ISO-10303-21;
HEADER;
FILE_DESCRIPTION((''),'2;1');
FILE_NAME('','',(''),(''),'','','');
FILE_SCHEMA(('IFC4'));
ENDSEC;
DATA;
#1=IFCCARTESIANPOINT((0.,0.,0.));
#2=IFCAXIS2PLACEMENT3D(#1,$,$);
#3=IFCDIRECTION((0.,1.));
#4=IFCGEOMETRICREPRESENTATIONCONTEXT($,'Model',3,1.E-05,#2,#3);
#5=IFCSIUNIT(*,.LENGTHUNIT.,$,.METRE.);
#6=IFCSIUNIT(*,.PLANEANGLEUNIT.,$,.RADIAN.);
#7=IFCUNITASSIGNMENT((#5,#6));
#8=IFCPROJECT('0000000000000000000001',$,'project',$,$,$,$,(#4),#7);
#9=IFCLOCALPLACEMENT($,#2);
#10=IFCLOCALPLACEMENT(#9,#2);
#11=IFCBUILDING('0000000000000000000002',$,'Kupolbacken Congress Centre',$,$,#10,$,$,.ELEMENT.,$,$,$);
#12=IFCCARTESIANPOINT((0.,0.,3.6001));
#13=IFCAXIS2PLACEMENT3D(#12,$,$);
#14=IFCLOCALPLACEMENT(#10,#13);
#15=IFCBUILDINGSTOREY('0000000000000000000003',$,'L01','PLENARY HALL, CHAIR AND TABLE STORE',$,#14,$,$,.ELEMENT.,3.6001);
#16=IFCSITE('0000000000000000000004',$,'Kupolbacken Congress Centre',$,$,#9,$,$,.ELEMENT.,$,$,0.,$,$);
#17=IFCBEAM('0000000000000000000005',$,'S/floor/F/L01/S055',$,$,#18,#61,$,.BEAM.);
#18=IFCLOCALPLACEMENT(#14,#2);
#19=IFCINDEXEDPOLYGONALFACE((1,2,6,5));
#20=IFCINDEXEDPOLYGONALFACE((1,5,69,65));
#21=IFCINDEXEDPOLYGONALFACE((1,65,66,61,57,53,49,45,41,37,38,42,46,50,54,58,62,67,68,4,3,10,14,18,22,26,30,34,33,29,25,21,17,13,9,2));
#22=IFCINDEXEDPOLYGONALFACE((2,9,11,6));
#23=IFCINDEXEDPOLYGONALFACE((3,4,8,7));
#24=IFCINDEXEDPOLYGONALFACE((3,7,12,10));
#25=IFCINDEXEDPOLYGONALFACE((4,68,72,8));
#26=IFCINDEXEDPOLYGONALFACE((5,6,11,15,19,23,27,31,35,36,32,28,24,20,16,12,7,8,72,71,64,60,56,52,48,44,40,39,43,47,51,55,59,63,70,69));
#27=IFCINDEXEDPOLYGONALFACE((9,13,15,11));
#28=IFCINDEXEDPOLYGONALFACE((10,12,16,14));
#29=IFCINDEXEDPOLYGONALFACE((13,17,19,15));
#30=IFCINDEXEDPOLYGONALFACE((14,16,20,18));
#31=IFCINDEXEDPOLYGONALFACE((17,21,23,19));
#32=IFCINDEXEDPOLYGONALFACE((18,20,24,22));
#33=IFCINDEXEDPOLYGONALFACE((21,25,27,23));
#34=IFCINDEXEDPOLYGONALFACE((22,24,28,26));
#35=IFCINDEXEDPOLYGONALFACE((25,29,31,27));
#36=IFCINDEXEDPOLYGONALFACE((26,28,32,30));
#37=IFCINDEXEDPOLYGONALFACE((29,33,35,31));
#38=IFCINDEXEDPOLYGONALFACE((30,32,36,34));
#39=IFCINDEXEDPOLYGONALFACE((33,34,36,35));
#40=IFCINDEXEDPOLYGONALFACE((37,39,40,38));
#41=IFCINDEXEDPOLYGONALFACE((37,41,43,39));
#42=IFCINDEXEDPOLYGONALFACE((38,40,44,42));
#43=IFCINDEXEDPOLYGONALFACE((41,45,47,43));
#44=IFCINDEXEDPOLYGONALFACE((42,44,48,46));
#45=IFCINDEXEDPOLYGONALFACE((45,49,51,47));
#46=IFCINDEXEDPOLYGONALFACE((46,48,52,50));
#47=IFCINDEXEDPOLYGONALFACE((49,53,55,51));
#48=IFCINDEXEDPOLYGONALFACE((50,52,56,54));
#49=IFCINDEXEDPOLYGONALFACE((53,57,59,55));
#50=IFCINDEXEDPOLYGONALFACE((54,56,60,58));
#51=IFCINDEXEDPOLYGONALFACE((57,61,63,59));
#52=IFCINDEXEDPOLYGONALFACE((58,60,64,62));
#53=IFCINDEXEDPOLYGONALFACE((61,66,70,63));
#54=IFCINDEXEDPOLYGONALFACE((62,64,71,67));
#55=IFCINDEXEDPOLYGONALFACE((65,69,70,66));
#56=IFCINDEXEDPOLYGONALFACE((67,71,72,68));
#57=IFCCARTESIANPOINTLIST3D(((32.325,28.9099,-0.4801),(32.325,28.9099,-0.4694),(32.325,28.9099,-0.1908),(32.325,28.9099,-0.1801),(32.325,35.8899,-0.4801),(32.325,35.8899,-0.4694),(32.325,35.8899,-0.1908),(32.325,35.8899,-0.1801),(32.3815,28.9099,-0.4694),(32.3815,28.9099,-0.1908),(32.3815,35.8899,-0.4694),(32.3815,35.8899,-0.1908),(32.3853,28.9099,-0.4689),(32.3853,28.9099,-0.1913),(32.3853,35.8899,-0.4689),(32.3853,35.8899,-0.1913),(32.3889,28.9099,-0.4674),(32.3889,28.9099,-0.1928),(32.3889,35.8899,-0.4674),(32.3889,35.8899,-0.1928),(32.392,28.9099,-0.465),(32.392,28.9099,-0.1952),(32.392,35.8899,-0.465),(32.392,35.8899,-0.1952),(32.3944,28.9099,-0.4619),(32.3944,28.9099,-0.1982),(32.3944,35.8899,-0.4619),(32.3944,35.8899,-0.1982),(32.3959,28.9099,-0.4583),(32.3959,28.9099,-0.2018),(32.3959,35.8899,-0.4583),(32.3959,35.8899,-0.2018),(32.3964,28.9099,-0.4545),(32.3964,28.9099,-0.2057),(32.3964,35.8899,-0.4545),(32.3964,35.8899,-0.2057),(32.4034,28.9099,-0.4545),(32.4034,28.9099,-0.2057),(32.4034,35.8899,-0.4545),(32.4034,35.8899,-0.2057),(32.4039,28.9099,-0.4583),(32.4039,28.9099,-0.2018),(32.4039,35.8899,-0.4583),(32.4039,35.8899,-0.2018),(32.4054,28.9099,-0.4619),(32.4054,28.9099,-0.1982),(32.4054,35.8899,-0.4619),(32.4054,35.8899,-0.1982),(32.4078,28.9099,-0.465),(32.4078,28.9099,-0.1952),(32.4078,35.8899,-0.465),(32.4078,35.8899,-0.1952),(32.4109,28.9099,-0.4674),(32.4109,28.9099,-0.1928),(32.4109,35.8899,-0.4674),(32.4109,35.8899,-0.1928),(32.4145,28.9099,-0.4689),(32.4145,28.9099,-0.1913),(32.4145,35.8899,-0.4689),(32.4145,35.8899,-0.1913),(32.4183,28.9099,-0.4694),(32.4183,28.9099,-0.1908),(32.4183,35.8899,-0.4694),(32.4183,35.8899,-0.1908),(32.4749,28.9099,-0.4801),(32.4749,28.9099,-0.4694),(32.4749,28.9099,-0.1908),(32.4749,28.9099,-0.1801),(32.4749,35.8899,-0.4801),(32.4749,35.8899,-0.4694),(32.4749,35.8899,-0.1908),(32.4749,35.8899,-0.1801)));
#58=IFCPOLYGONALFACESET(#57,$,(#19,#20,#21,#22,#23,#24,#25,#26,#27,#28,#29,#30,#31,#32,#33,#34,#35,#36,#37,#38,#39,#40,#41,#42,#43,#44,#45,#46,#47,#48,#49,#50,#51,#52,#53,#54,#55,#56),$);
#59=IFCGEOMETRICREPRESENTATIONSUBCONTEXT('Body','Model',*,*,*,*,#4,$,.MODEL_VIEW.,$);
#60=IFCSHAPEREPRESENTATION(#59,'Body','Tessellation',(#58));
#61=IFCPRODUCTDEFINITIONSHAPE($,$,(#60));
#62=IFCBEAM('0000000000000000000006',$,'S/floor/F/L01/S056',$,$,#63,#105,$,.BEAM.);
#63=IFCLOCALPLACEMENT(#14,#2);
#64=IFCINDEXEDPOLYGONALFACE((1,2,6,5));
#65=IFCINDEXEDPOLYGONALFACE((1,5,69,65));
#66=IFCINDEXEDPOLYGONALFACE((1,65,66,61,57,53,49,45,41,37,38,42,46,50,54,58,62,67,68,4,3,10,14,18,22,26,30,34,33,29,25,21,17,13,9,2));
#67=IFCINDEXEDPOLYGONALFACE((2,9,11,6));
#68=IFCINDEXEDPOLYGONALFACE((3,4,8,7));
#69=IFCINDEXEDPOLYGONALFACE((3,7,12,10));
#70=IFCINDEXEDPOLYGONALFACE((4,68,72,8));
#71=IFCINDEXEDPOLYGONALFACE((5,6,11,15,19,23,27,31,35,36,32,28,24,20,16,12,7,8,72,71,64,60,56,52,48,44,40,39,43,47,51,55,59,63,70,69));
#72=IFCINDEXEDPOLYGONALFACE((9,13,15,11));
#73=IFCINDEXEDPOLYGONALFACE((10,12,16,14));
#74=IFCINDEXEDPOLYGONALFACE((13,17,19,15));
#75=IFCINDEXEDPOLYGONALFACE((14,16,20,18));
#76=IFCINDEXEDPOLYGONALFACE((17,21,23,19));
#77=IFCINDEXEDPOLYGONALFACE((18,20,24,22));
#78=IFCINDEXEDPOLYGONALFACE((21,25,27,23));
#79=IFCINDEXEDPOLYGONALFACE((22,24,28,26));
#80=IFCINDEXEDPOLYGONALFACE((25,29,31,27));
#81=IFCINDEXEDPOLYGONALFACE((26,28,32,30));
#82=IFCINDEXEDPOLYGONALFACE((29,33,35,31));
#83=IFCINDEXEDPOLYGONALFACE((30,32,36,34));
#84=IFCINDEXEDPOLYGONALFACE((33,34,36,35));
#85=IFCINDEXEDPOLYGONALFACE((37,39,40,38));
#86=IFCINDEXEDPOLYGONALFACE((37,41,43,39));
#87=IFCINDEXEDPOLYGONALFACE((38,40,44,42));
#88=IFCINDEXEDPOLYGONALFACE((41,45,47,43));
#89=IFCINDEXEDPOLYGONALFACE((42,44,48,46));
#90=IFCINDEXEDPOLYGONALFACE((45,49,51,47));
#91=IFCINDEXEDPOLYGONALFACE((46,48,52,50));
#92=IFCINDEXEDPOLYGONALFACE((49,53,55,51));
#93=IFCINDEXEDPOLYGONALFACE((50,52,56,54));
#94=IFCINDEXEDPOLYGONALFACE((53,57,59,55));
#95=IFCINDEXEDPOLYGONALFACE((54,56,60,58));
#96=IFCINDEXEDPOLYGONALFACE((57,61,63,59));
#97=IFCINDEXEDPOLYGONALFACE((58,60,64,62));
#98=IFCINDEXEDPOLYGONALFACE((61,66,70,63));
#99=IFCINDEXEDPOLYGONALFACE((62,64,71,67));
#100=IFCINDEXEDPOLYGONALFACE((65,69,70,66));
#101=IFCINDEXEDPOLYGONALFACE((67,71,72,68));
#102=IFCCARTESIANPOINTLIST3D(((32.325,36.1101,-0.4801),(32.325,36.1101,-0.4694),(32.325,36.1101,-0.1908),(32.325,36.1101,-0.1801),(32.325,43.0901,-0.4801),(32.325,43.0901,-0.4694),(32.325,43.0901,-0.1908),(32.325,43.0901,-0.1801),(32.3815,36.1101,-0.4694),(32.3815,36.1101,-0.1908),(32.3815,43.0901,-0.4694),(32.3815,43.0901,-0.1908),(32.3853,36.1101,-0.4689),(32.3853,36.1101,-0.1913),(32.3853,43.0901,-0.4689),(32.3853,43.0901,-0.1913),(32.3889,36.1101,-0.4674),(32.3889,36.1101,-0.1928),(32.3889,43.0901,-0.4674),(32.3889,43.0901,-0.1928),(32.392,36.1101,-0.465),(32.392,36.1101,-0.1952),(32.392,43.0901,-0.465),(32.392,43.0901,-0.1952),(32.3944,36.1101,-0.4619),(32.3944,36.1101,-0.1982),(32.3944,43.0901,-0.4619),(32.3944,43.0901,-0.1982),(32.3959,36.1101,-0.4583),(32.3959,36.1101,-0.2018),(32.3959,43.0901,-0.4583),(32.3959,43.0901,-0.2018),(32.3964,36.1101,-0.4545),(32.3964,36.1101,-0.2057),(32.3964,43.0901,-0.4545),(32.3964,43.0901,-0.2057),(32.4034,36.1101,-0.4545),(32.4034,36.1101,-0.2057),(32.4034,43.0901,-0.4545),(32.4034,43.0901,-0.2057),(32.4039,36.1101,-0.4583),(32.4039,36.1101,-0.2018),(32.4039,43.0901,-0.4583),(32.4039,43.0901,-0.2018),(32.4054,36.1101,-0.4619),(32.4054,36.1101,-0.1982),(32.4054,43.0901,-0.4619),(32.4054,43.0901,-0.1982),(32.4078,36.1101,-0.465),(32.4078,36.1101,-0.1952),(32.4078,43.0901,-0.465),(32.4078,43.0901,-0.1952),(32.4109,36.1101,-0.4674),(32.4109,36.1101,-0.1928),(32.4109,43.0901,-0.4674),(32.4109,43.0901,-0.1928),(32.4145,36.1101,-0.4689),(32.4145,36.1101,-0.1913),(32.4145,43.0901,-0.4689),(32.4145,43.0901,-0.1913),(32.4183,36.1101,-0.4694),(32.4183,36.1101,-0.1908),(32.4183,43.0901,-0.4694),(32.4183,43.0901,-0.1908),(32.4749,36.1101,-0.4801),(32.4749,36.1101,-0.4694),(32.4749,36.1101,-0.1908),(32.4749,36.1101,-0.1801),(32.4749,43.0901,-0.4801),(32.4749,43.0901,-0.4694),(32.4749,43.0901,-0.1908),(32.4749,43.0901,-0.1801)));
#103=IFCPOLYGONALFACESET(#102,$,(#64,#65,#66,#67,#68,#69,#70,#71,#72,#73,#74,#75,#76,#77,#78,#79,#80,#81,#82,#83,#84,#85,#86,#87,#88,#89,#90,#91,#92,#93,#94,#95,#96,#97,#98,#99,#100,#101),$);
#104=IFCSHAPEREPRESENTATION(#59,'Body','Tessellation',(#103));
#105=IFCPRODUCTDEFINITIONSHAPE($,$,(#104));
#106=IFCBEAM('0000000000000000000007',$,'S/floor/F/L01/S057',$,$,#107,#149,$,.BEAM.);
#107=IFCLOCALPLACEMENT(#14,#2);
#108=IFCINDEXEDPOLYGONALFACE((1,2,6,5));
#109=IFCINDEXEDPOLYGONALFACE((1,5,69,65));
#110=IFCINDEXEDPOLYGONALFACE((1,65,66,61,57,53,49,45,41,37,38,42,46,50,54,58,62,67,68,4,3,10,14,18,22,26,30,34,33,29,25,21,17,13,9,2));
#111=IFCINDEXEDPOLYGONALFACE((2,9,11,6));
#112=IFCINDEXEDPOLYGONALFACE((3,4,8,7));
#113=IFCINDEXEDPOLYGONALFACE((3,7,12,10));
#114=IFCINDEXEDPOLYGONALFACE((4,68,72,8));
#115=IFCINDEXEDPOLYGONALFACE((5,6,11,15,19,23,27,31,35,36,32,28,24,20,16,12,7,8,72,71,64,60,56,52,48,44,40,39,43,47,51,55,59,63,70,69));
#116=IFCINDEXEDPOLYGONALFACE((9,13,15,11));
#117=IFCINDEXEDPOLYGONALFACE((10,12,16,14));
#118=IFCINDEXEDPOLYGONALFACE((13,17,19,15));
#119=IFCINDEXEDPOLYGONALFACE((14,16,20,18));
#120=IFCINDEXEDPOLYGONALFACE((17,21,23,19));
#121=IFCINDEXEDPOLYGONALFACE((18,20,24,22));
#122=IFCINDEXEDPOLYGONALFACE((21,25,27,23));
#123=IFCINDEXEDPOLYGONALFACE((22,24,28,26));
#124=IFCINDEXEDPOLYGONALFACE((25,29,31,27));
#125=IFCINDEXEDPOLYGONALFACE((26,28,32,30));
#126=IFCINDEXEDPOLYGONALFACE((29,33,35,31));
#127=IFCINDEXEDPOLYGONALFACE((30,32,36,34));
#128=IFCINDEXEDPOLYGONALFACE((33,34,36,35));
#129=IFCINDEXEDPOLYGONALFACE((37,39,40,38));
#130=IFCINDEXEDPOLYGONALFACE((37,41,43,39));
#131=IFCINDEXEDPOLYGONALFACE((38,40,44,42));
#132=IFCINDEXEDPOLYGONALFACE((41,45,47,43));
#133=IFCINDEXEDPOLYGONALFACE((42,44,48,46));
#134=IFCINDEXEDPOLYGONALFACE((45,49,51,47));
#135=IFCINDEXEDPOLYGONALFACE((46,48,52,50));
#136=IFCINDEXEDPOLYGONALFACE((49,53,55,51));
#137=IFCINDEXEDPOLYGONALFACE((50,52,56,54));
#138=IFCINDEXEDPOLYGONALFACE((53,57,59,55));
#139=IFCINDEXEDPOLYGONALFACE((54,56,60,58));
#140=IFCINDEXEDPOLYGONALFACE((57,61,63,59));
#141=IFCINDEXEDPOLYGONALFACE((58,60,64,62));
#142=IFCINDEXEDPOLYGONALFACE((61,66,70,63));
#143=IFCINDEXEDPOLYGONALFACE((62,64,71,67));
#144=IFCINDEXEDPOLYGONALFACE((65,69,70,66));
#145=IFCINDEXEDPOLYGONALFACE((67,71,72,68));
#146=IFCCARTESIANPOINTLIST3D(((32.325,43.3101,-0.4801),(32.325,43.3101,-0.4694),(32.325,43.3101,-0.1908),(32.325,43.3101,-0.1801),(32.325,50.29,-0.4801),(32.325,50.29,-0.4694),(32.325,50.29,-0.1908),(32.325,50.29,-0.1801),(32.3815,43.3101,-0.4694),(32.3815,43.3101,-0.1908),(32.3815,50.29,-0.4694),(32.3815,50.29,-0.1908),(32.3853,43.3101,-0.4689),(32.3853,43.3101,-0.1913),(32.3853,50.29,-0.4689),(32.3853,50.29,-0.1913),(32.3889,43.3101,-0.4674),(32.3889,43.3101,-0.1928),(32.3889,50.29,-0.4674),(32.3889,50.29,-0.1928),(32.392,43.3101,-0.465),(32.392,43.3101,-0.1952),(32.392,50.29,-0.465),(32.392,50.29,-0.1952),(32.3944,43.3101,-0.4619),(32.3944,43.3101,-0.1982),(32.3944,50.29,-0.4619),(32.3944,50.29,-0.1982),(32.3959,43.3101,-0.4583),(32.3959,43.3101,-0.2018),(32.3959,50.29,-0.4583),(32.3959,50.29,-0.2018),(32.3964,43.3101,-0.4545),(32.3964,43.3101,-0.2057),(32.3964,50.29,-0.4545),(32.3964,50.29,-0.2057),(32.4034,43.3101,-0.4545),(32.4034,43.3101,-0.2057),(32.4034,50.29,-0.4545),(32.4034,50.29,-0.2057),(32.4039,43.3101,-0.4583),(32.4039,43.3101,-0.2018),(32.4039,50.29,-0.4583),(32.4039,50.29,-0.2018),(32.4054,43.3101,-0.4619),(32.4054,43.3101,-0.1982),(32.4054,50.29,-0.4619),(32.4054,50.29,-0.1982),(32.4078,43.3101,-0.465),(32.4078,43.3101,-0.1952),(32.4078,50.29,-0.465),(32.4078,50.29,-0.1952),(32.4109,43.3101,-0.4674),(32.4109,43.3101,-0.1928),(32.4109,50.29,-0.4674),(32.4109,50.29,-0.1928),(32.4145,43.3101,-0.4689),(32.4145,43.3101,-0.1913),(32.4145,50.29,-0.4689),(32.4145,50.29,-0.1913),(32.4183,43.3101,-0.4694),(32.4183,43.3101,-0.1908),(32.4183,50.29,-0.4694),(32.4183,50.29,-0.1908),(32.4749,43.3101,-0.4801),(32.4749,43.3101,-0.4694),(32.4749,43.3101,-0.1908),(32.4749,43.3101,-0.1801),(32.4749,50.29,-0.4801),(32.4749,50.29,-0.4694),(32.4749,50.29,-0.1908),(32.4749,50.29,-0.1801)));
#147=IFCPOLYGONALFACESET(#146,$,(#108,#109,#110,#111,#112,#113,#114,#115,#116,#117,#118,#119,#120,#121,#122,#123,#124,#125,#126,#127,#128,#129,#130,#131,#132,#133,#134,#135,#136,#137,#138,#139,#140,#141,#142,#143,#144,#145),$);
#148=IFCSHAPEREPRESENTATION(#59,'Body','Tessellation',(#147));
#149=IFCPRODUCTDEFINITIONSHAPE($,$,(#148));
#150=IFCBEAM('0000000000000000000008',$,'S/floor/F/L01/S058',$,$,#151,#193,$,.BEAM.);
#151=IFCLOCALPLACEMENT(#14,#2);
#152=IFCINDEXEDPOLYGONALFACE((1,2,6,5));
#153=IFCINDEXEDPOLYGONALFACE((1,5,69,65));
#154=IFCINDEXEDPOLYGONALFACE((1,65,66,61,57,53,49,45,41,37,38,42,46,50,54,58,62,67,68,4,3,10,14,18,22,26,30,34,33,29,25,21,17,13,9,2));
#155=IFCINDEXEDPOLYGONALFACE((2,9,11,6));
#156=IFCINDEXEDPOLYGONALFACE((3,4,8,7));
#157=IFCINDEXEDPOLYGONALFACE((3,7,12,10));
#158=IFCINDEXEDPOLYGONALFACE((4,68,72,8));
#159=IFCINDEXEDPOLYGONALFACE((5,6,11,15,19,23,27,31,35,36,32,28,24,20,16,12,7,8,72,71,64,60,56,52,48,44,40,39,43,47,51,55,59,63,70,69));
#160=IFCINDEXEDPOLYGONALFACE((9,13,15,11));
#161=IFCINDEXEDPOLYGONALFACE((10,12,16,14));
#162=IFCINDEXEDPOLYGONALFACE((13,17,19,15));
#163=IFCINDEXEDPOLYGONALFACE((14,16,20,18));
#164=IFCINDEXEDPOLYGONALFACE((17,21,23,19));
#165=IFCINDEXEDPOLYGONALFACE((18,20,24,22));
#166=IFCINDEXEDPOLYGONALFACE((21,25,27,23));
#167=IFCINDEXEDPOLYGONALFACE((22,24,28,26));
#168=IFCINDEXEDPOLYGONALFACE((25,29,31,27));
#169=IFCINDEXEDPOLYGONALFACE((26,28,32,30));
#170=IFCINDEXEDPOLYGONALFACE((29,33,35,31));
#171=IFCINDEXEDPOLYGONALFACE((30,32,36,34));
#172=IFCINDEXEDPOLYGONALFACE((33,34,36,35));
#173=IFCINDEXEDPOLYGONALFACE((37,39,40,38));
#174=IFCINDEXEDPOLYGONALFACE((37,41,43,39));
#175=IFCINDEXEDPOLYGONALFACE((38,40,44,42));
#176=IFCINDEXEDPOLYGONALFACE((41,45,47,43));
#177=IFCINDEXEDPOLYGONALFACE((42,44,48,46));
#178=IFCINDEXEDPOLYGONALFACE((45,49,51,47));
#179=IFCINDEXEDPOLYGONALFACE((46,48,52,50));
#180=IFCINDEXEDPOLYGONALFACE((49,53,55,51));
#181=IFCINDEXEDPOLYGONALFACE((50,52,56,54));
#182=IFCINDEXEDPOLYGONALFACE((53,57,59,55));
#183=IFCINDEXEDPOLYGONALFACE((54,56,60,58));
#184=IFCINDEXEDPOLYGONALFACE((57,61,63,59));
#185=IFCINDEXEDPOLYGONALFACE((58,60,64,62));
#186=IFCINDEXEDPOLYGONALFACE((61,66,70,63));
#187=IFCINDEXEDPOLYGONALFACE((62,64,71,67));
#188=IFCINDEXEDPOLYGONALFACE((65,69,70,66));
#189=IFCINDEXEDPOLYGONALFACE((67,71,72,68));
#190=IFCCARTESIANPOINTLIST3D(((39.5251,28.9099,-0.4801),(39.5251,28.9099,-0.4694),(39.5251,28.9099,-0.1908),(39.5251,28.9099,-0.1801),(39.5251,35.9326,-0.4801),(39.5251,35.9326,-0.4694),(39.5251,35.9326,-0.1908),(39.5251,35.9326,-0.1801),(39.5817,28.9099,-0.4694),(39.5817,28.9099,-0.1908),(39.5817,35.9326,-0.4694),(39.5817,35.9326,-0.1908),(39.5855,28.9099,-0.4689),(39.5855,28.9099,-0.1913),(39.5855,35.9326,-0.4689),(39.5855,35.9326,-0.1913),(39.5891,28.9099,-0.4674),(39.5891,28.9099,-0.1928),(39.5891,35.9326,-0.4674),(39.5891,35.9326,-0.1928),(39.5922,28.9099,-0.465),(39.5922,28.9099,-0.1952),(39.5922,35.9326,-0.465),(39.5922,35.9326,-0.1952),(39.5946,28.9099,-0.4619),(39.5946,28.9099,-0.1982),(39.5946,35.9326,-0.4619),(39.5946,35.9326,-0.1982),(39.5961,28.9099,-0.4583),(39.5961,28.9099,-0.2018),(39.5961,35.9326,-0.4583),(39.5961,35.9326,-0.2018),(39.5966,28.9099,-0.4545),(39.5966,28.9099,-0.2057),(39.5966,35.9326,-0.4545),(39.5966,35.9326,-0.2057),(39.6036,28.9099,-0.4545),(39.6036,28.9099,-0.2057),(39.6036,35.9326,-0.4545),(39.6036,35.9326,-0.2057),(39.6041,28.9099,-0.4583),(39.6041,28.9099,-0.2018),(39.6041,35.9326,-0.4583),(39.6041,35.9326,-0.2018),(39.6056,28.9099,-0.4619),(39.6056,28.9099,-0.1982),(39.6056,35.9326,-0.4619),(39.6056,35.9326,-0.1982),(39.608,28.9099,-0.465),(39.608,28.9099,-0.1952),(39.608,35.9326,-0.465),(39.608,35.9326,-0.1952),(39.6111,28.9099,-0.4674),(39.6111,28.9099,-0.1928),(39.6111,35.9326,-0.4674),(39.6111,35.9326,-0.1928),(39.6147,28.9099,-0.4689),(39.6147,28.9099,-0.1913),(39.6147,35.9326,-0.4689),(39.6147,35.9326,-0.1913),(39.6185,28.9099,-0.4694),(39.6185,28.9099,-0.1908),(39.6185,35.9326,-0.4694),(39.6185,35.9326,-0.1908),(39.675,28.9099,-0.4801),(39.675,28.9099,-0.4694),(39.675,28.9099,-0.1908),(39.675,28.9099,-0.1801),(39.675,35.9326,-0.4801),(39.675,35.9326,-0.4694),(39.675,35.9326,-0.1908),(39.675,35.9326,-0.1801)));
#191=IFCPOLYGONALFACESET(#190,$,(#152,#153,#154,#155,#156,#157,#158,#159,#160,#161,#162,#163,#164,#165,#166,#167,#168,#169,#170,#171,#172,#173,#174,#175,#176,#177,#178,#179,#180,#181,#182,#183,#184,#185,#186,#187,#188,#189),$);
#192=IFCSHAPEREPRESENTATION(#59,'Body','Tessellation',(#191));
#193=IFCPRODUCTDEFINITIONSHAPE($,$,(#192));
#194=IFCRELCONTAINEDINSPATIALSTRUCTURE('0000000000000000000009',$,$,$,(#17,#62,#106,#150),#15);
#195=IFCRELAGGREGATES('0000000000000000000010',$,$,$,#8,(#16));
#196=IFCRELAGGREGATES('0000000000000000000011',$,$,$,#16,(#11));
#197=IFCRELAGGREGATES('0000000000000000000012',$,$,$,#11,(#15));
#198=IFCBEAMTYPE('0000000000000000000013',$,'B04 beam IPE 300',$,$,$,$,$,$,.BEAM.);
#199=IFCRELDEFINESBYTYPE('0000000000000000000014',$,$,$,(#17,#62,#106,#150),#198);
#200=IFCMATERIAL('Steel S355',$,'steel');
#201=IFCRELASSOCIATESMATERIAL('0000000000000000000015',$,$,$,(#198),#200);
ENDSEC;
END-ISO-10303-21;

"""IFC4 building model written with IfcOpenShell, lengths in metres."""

from ifc_helpers import new_model, si_unit, direction, frame, origin, origin_2d, place, context, subcontext, project, spatial, i_section, extrude, material, material_profile, profile_set, type_object, element, save


model = new_model("IFC4")

# Units and contexts
model_context = context("Model", 3, precision=1e-05, world=origin(), true_north=direction((0.0, 1.0)))
body_context = subcontext(model_context, "Body", "Model", "MODEL_VIEW")
ifc_project = project(units=[si_unit("LENGTHUNIT", "METRE"), si_unit("PLANEANGLEUNIT", "RADIAN")], contexts=[model_context])

# Site, building, storey
site_placement = place(None, origin())
site = spatial("IfcSite", under=ifc_project, at=site_placement, Name="Kupolbacken Congress Centre", CompositionType="ELEMENT", RefElevation=0.0)
building_placement = place(site_placement, origin())
building = spatial("IfcBuilding", under=site, at=building_placement, Name="Kupolbacken Congress Centre", CompositionType="ELEMENT")
storey_placement = place(building_placement, frame((0.0, 0.0, 3.6001)))
storey = spatial("IfcBuildingStorey", under=building, at=storey_placement, Name="L01", Description="PLENARY HALL, CHAIR AND TABLE STORE", CompositionType="ELEMENT", Elevation=3.6001)

# Beams
ifc_material_1 = material(Name="Steel S355", Category="steel")
ifc_material_profile_1 = material_profile(ifc_material_1, i_section(OverallWidth=0.1499, OverallDepth=0.3, WebThickness=0.0071, FlangeThickness=0.0107, FilletRadius=0.0149, at=origin_2d()), Name="IPE 300")
ifc_profile_set_1 = profile_set([ifc_material_profile_1], Name="Steel S355")
beam_type_1 = type_object("IfcBeamType", Name="B04 beam IPE 300", PredefinedType="BEAM", material=ifc_profile_set_1)
for number, where, z_axis, x_axis, name in (
    (1, (32.3999, 28.9099, -0.3301), (0.0, 1.0, 0.0), (-1.0, 0.0, 0.0), "S/floor/F/L01/S055"),
    (2, (32.3999, 36.1101, -0.3301), (0.0, 1.0, 0.0), (-1.0, 0.0, 0.0), "S/floor/F/L01/S056"),
    (3, (32.3999, 43.3101, -0.3301), (0.0, 1.0, 0.0), (-1.0, 0.0, 0.0), "S/floor/F/L01/S057"),
):
    element("IfcBeam", number, at=place(storey_placement, frame(where, z_axis=z_axis, x_axis=x_axis)), inside=storey, type_object=beam_type_1, Name=name, PredefinedType="BEAM", context=body_context, shape_type="SweptSolid", body=[
        extrude(i_section(OverallWidth=0.1499, OverallDepth=0.3, WebThickness=0.0071, FlangeThickness=0.0107, FilletRadius=0.0149, at=origin_2d()), origin(), (0.0, 0.0, 1.0), 6.98),
    ])
for number, where, z_axis, x_axis, name in (
    (4, (39.6001, 28.9099, -0.3301), (0.0, 1.0, 0.0), (-1.0, 0.0, 0.0), "S/floor/F/L01/S058"),
):
    element("IfcBeam", number, at=place(storey_placement, frame(where, z_axis=z_axis, x_axis=x_axis)), inside=storey, type_object=beam_type_1, Name=name, PredefinedType="BEAM", context=body_context, shape_type="SweptSolid", body=[
        extrude(i_section(OverallWidth=0.1499, OverallDepth=0.3, WebThickness=0.0071, FlangeThickness=0.0107, FilletRadius=0.0149, at=origin_2d()), origin(), (0.0, 0.0, 1.0), 7.0227),
    ])

save(model, "model.ifc")
